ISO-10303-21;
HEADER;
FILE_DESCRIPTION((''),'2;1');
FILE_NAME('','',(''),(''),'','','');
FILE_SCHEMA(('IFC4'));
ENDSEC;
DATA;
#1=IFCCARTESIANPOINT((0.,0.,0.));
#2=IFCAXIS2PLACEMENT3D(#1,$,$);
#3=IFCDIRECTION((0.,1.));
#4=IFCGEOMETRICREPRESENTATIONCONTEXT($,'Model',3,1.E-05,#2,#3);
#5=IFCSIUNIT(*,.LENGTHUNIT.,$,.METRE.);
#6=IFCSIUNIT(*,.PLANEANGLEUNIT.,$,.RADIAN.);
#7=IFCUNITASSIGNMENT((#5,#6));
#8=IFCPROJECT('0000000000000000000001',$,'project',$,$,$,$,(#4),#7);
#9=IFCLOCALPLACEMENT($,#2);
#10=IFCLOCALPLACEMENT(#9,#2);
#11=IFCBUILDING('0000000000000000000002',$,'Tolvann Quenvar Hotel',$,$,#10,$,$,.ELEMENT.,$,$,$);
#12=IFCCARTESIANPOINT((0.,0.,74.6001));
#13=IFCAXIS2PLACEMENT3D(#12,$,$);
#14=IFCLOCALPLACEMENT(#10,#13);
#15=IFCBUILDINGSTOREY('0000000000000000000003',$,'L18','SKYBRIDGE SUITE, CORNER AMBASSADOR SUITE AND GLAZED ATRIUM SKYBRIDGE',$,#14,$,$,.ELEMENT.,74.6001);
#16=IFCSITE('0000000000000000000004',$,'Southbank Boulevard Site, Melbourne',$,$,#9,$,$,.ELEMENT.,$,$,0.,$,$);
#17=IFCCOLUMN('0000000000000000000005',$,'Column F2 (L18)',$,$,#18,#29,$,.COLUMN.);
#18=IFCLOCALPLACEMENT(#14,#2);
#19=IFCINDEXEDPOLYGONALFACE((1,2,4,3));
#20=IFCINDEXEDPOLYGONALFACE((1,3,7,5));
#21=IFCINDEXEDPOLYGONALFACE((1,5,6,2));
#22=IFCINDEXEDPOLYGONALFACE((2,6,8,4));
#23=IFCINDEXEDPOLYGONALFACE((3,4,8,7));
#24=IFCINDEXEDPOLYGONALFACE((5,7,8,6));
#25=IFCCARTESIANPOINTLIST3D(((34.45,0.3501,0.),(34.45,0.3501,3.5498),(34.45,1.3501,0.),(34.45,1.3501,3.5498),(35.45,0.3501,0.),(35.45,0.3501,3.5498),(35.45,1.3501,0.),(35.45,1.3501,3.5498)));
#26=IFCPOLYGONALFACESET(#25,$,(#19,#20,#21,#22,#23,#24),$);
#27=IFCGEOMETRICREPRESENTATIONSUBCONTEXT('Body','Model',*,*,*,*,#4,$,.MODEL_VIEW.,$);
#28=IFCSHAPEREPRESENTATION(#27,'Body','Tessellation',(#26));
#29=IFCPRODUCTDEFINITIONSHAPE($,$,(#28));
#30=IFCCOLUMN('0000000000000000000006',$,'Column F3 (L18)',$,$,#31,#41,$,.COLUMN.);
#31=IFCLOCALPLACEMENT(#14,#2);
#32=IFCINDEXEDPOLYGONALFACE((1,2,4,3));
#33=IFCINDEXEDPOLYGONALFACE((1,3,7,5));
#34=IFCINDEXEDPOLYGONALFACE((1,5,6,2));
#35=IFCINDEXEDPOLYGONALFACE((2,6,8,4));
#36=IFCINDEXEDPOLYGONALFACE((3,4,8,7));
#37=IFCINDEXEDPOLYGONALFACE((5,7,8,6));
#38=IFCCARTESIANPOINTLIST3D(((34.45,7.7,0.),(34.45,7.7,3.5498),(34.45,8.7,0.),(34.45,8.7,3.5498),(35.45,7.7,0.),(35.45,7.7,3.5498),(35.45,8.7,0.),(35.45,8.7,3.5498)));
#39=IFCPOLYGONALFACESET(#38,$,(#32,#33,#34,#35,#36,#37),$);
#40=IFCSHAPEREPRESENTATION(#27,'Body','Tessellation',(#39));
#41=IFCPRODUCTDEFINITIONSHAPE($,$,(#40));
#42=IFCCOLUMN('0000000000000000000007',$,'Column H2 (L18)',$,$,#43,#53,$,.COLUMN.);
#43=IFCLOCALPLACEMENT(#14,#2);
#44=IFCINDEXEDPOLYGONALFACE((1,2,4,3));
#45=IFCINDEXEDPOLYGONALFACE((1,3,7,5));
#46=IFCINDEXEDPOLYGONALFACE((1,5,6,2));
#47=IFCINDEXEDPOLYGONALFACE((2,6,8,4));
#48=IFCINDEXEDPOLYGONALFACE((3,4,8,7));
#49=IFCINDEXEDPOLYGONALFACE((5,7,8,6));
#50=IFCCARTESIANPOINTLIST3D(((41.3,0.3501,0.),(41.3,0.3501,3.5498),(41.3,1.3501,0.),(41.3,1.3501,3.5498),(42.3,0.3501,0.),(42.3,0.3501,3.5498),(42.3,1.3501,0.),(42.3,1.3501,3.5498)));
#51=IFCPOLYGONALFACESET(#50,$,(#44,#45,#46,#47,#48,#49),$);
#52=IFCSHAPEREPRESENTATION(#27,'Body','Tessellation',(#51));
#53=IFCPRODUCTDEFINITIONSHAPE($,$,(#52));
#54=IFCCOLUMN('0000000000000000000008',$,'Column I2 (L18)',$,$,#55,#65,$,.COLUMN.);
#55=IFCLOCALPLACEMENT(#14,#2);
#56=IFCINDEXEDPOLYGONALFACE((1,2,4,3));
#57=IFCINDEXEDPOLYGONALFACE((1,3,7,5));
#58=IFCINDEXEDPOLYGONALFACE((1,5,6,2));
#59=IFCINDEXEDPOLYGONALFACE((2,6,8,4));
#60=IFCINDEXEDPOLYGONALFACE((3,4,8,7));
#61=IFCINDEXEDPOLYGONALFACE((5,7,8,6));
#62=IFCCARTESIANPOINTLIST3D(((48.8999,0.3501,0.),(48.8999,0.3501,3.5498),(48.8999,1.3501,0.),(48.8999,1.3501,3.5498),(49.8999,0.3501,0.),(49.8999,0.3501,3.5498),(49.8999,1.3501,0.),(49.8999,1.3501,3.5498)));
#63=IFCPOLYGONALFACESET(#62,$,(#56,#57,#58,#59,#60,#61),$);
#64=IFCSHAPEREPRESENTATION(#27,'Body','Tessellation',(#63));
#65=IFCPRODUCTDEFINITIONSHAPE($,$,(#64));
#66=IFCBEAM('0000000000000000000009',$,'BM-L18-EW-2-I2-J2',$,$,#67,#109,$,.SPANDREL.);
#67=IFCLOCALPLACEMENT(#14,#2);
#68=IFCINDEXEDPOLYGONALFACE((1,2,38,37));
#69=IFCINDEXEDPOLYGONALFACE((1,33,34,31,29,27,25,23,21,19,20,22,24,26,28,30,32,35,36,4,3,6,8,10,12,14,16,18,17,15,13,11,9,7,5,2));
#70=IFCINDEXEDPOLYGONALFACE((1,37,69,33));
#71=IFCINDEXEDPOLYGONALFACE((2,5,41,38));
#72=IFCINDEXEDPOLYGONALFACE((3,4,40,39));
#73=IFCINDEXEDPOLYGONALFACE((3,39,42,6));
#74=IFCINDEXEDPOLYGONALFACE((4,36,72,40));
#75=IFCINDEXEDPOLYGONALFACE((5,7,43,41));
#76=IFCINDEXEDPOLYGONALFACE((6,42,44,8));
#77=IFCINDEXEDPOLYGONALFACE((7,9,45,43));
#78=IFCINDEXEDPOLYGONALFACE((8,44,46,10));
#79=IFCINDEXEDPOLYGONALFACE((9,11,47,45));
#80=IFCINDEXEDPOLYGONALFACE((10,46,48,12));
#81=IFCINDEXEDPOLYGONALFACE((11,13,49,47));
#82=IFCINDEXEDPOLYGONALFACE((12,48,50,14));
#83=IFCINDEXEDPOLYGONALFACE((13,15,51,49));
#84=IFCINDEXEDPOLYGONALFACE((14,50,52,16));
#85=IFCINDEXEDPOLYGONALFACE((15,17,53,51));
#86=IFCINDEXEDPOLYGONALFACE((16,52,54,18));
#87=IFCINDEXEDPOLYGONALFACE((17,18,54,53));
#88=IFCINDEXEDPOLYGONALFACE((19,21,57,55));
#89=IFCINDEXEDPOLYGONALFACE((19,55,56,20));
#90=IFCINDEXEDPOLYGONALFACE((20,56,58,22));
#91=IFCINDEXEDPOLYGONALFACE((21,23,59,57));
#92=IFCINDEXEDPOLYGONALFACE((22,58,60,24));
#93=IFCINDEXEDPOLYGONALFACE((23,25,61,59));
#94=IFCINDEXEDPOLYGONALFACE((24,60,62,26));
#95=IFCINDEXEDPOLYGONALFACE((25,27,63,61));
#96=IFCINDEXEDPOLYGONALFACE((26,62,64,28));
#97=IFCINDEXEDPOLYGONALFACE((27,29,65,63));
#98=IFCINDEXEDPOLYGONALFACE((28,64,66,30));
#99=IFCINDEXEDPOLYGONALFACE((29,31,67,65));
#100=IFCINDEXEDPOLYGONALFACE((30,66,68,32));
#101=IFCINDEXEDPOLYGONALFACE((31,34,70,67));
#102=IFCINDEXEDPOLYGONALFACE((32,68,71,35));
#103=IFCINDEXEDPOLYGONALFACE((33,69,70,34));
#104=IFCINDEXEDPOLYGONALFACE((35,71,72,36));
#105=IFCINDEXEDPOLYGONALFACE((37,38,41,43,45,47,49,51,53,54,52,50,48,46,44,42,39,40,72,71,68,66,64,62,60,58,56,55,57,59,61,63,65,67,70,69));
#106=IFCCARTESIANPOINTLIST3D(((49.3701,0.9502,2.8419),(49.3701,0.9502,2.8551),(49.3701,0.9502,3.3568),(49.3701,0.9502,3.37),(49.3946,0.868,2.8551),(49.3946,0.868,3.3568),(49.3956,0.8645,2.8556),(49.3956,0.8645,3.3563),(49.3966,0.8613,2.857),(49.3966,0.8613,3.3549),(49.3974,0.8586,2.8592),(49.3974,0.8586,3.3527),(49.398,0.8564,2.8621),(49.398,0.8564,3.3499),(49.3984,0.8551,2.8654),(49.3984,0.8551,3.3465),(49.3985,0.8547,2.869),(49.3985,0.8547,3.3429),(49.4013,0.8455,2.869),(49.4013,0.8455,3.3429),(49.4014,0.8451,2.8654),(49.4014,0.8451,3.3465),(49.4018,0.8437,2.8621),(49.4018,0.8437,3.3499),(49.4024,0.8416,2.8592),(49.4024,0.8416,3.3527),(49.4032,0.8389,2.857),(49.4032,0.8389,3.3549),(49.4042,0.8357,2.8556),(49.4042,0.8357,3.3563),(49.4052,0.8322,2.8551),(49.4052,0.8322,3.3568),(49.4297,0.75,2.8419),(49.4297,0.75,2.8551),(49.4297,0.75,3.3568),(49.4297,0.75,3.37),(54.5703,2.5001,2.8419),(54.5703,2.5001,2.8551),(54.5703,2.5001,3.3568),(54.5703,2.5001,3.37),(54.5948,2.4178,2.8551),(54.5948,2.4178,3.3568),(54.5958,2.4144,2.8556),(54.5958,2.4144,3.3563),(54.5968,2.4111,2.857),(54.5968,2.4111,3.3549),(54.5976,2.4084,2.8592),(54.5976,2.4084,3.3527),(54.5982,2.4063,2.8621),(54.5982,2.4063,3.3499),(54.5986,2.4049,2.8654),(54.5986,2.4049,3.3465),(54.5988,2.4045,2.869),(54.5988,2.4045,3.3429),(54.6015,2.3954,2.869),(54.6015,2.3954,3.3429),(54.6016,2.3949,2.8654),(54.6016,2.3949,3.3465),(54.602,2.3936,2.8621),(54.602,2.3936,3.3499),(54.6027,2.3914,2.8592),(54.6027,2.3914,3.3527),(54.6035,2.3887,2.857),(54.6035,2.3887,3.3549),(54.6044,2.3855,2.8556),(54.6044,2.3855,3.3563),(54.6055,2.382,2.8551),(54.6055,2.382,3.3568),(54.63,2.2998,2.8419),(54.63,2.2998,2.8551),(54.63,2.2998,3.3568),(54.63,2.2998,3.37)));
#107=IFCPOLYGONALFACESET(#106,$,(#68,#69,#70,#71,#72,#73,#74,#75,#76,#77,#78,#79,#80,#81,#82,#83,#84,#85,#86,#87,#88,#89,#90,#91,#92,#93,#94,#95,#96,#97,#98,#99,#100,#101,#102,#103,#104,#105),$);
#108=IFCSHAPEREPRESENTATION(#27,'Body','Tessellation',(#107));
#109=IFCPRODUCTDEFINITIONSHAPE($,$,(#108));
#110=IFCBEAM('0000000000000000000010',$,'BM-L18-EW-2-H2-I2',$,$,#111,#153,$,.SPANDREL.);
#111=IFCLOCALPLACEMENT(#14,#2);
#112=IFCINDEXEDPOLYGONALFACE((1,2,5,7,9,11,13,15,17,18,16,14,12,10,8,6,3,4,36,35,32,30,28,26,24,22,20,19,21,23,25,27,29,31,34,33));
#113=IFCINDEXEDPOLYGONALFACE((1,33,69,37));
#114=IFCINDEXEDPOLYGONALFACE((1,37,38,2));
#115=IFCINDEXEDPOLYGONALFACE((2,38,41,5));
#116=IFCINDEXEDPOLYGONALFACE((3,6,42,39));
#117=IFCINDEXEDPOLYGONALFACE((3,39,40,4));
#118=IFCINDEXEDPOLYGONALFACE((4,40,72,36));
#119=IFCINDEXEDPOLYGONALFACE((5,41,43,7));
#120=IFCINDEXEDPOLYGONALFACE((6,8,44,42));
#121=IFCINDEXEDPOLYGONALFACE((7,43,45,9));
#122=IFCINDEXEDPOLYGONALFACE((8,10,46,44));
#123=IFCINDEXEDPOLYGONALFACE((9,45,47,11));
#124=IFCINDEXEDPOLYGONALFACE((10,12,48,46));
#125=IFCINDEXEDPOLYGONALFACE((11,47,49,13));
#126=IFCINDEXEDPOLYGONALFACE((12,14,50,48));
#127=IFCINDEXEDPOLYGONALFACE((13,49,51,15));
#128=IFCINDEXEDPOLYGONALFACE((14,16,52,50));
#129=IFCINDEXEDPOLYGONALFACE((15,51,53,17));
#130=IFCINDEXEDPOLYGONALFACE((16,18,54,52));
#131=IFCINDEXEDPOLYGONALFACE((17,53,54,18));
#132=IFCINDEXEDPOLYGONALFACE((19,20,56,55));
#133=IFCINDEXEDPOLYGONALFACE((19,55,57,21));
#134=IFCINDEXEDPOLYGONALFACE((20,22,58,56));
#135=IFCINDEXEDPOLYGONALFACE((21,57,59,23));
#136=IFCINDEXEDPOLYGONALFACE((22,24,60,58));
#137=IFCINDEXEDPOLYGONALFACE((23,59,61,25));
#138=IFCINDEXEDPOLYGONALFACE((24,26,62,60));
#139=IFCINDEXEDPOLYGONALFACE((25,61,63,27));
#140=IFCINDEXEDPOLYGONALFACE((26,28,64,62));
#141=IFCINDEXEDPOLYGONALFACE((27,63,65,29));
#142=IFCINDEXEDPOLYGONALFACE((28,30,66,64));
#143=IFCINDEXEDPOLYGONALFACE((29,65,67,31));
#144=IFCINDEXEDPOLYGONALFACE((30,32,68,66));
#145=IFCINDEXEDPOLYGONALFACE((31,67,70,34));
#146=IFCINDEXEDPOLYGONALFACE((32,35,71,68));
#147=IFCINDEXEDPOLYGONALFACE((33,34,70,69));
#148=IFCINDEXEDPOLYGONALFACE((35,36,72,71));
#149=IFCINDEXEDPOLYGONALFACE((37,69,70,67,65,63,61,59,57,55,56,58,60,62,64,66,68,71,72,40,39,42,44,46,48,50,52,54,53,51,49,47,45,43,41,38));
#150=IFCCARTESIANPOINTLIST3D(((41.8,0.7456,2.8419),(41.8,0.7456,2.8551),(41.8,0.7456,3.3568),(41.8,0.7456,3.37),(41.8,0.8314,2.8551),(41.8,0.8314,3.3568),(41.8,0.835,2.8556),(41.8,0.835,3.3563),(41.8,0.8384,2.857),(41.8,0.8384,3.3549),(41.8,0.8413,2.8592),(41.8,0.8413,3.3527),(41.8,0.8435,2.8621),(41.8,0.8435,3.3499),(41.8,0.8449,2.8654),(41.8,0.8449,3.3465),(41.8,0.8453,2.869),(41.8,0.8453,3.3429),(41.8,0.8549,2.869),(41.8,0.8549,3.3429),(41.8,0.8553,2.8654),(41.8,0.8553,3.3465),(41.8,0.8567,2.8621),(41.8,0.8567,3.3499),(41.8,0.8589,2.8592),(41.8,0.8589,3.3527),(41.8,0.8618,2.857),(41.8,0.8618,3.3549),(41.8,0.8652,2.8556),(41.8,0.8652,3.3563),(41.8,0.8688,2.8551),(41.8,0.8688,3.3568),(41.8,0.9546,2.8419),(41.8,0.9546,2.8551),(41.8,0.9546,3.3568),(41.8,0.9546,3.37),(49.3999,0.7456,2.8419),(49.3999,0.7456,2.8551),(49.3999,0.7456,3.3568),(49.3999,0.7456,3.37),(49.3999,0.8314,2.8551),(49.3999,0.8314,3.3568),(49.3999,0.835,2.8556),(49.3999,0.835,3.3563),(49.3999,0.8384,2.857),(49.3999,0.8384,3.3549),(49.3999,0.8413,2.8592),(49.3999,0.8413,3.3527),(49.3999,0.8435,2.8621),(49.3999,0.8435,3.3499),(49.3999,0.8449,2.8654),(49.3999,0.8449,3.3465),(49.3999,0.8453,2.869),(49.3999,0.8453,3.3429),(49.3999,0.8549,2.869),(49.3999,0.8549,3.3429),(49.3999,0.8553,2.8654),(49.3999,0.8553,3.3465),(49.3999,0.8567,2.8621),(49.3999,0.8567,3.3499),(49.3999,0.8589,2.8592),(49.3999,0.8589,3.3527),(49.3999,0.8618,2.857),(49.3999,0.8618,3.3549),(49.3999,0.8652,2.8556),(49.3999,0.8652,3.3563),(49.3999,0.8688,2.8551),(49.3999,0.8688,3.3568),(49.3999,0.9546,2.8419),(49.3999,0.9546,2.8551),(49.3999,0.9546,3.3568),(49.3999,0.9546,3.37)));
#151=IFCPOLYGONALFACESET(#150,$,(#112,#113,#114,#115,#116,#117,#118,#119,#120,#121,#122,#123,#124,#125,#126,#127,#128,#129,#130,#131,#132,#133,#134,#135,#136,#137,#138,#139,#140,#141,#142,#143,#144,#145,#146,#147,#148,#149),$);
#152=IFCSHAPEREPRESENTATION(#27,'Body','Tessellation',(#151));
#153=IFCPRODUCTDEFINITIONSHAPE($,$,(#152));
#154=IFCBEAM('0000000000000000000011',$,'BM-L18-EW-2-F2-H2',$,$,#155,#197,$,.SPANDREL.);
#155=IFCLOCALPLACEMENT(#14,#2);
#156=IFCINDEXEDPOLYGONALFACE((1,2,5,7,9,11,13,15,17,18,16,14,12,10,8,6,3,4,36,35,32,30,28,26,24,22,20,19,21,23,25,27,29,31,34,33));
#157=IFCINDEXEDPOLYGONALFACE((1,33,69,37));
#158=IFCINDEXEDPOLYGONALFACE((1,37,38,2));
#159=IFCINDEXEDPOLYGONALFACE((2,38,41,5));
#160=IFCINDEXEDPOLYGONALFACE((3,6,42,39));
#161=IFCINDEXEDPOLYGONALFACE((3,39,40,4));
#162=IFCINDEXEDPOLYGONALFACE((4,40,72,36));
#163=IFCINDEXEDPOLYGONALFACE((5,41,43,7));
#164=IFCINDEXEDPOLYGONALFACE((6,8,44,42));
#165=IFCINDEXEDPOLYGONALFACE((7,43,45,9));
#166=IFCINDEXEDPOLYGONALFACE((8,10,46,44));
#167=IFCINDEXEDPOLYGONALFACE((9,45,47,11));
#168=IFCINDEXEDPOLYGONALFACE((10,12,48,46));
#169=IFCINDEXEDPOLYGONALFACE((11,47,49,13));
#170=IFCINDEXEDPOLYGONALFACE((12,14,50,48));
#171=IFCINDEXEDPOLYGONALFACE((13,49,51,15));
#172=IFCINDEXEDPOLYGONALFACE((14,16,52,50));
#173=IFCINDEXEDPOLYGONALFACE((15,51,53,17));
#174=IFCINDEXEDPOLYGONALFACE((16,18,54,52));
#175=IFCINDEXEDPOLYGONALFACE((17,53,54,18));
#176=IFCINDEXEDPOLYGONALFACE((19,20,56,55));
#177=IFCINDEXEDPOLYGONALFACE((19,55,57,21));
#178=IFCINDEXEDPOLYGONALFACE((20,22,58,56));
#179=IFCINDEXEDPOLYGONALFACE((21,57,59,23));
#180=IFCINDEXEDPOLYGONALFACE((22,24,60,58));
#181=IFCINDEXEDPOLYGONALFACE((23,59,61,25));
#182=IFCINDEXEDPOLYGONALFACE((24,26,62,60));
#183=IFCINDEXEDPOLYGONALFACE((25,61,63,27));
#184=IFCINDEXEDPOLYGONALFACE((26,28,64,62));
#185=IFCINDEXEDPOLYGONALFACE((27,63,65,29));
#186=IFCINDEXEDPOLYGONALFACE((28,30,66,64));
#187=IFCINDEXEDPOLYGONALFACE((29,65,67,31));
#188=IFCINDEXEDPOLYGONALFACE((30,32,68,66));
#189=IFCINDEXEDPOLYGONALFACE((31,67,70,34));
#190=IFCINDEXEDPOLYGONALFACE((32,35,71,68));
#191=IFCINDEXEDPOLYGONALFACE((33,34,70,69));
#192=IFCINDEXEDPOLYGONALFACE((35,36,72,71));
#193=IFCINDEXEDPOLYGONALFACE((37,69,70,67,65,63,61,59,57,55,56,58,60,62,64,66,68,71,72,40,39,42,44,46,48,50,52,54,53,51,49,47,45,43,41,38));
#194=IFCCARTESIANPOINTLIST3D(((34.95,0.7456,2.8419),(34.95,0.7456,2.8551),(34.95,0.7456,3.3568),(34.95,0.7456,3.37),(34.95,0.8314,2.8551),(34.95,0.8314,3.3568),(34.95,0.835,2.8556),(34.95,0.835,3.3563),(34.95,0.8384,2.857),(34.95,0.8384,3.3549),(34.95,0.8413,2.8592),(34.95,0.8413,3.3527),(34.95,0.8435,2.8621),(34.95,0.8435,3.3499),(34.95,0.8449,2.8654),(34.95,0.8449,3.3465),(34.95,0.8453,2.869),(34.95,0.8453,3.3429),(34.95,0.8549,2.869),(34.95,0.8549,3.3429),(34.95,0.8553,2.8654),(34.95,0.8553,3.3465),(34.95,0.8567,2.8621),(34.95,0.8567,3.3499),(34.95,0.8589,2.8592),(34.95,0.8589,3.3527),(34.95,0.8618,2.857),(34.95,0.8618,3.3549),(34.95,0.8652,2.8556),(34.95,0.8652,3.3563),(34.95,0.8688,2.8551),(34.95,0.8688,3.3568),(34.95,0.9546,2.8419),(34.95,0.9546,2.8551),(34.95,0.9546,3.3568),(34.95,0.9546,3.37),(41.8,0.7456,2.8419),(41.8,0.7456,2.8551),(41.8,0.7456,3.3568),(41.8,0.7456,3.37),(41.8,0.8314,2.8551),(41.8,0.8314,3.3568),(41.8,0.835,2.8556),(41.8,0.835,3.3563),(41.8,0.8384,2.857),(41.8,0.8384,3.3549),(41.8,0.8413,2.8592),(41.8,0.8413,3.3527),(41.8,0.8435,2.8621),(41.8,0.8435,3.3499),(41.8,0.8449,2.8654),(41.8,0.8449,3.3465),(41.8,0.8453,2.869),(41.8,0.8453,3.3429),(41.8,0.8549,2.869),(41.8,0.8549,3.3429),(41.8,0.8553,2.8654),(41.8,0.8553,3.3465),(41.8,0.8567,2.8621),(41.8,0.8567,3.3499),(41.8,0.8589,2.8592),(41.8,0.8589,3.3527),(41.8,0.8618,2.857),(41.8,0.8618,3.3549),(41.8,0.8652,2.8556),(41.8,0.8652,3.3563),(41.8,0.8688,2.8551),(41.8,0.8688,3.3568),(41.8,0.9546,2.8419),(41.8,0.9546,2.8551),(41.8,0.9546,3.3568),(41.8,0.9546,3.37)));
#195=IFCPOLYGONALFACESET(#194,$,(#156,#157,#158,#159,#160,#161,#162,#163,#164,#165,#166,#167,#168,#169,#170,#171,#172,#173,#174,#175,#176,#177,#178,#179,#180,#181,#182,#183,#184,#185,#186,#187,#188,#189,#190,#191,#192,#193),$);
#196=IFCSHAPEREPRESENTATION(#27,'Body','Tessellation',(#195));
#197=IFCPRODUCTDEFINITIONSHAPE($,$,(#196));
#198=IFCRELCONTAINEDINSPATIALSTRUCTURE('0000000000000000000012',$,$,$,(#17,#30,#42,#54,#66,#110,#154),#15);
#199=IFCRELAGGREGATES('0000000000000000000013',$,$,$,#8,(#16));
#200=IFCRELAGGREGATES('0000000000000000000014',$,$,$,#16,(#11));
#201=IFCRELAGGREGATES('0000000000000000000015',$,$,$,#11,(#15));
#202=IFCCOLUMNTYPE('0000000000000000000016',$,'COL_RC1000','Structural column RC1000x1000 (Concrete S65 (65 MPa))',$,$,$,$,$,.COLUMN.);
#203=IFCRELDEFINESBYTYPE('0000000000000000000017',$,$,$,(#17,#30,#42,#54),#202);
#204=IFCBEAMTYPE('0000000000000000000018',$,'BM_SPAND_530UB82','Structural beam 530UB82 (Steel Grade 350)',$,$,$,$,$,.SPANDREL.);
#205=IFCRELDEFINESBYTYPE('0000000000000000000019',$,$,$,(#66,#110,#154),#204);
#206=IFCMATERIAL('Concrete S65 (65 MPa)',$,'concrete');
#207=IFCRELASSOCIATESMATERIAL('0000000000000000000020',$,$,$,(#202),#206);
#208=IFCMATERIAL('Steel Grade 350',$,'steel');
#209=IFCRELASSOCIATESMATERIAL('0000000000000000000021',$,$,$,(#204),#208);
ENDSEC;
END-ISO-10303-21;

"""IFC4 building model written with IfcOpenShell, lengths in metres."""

from ifc_helpers import new_model, si_unit, direction, frame, origin, origin_2d, place, context, subcontext, project, spatial, rectangle, i_section, extrude, source, transform, mapped, material, material_profile, profile_set, type_object, type_shapes, element, save


model = new_model("IFC4")

# Units and contexts
model_context = context("Model", 3, precision=1e-05, world=origin(), true_north=direction((0.0, 1.0)))
body_context = subcontext(model_context, "Body", "Model", "MODEL_VIEW")
ifc_project = project(units=[si_unit("LENGTHUNIT", "METRE"), si_unit("PLANEANGLEUNIT", "RADIAN")], contexts=[model_context])

# Site, building, storey
site_placement = place(None, origin())
site = spatial("IfcSite", under=ifc_project, at=site_placement, Name="Southbank Boulevard Site, Melbourne", CompositionType="ELEMENT", RefElevation=0.0)
building_placement = place(site_placement, origin())
building = spatial("IfcBuilding", under=site, at=building_placement, Name="Tolvann Quenvar Hotel", CompositionType="ELEMENT")
storey_placement = place(building_placement, frame((0.0, 0.0, 74.6001)))
storey = spatial("IfcBuildingStorey", under=building, at=storey_placement, Name="L18", Description="SKYBRIDGE SUITE, CORNER AMBASSADOR SUITE AND GLAZED ATRIUM SKYBRIDGE", CompositionType="ELEMENT", Elevation=74.6001)

# Columns
ifc_material_1 = material(Name="Concrete S65 (65 MPa)", Category="concrete")
ifc_material_profile_1 = material_profile(ifc_material_1, rectangle(XDim=1.0, YDim=1.0, at=origin_2d()), Name="RC1000x1000")
ifc_profile_set_1 = profile_set([ifc_material_profile_1], Name="Concrete S65 (65 MPa)")
column_type = type_object("IfcColumnType", Name="COL_RC1000", Description="Structural column RC1000x1000 (Concrete S65 (65 MPa))", PredefinedType="COLUMN", material=ifc_profile_set_1)
shared_shape_1 = source(origin(), body_context, "Body", "SweptSolid", [
    extrude(rectangle(XDim=1.0, YDim=1.0, at=origin_2d()), origin(), (0.0, 0.0, 1.0), 3.5498),
])
type_shapes(column_type, [shared_shape_1])
for number, where, z_axis, x_axis, name in (
    (1, (34.95, 0.8501, 0.0), (0.0, 0.0, 1.0), (1.0, 0.0, 0.0), "Column F2 (L18)"),
    (2, (34.95, 8.2, 0.0), (0.0, 0.0, 1.0), (1.0, 0.0, 0.0), "Column F3 (L18)"),
    (3, (41.8, 0.8501, 0.0), (0.0, 0.0, 1.0), (1.0, 0.0, 0.0), "Column H2 (L18)"),
    (4, (49.3999, 0.8501, 0.0), (0.0, 0.0, 1.0), (1.0, 0.0, 0.0), "Column I2 (L18)"),
):
    element("IfcColumn", number, at=place(storey_placement, frame(where, z_axis=z_axis, x_axis=x_axis)), inside=storey, type_object=column_type, Name=name, PredefinedType="COLUMN", context=body_context, shape_type="MappedRepresentation", body=[
        mapped(shared_shape_1, transform((0.0, 0.0, 0.0), x_axis=(1.0, 0.0, 0.0), y_axis=(0.0, 1.0, 0.0), z_axis=(0.0, 0.0, 1.0), scale=1.0)),
    ])

# Beams
ifc_material_2 = material(Name="Steel Grade 350", Category="steel")
ifc_material_profile_2 = material_profile(ifc_material_2, i_section(OverallWidth=0.209, OverallDepth=0.5281, WebThickness=0.0095, FlangeThickness=0.0132, FilletRadius=0.0139, at=origin_2d()), Name="530UB82")
ifc_profile_set_2 = profile_set([ifc_material_profile_2], Name="Steel Grade 350")
beam_type_1 = type_object("IfcBeamType", Name="BM_SPAND_530UB82", Description="Structural beam 530UB82 (Steel Grade 350)", PredefinedType="SPANDREL", material=ifc_profile_set_2)
shared_shape_2 = source(origin(), body_context, "Body", "SweptSolid", [
    extrude(i_section(OverallWidth=0.209, OverallDepth=0.5281, WebThickness=0.0095, FlangeThickness=0.0132, FilletRadius=0.0139, at=origin_2d()), origin(), (0.0, 0.0, 1.0), 5.4263),
])
beam_1_placement = place(storey_placement, frame((49.3999, 0.8501, 3.106), z_axis=(0.958345, 0.285614, 0.0), x_axis=(-0.285614, 0.958345, 0.0)))
element("IfcBeam", 5, at=beam_1_placement, inside=storey, type_object=beam_type_1, Name="BM-L18-EW-2-I2-J2", PredefinedType="SPANDREL", context=body_context, shape_type="MappedRepresentation", body=[
    mapped(shared_shape_2, transform((0.0, 0.0, 0.0), x_axis=(1.0, 0.0, 0.0), y_axis=(0.0, 1.0, 0.0), z_axis=(0.0, 0.0, 1.0), scale=1.0)),
])
shared_shape_3 = source(origin(), body_context, "Body", "SweptSolid", [
    extrude(i_section(OverallWidth=0.209, OverallDepth=0.5281, WebThickness=0.0095, FlangeThickness=0.0132, FilletRadius=0.0139, at=origin_2d()), origin(), (0.0, 0.0, 1.0), 7.5999),
])
beam_2_placement = place(storey_placement, frame((41.8, 0.8501, 3.106), z_axis=(1.0, 0.0, 0.0), x_axis=(0.0, 1.0, 0.0)))
element("IfcBeam", 6, at=beam_2_placement, inside=storey, type_object=beam_type_1, Name="BM-L18-EW-2-H2-I2", PredefinedType="SPANDREL", context=body_context, shape_type="MappedRepresentation", body=[
    mapped(shared_shape_3, transform((0.0, 0.0, 0.0), x_axis=(1.0, 0.0, 0.0), y_axis=(0.0, 1.0, 0.0), z_axis=(0.0, 0.0, 1.0), scale=1.0)),
])
shared_shape_4 = source(origin(), body_context, "Body", "SweptSolid", [
    extrude(i_section(OverallWidth=0.209, OverallDepth=0.5281, WebThickness=0.0095, FlangeThickness=0.0132, FilletRadius=0.0139, at=origin_2d()), origin(), (0.0, 0.0, 1.0), 6.8501),
])
type_shapes(beam_type_1, [shared_shape_2, shared_shape_3, shared_shape_4])
beam_3_placement = place(storey_placement, frame((34.95, 0.8501, 3.106), z_axis=(1.0, 0.0, 0.0), x_axis=(0.0, 1.0, 0.0)))
element("IfcBeam", 7, at=beam_3_placement, inside=storey, type_object=beam_type_1, Name="BM-L18-EW-2-F2-H2", PredefinedType="SPANDREL", context=body_context, shape_type="MappedRepresentation", body=[
    mapped(shared_shape_4, transform((0.0, 0.0, 0.0), x_axis=(1.0, 0.0, 0.0), y_axis=(0.0, 1.0, 0.0), z_axis=(0.0, 0.0, 1.0), scale=1.0)),
])

save(model, "model.ifc")
